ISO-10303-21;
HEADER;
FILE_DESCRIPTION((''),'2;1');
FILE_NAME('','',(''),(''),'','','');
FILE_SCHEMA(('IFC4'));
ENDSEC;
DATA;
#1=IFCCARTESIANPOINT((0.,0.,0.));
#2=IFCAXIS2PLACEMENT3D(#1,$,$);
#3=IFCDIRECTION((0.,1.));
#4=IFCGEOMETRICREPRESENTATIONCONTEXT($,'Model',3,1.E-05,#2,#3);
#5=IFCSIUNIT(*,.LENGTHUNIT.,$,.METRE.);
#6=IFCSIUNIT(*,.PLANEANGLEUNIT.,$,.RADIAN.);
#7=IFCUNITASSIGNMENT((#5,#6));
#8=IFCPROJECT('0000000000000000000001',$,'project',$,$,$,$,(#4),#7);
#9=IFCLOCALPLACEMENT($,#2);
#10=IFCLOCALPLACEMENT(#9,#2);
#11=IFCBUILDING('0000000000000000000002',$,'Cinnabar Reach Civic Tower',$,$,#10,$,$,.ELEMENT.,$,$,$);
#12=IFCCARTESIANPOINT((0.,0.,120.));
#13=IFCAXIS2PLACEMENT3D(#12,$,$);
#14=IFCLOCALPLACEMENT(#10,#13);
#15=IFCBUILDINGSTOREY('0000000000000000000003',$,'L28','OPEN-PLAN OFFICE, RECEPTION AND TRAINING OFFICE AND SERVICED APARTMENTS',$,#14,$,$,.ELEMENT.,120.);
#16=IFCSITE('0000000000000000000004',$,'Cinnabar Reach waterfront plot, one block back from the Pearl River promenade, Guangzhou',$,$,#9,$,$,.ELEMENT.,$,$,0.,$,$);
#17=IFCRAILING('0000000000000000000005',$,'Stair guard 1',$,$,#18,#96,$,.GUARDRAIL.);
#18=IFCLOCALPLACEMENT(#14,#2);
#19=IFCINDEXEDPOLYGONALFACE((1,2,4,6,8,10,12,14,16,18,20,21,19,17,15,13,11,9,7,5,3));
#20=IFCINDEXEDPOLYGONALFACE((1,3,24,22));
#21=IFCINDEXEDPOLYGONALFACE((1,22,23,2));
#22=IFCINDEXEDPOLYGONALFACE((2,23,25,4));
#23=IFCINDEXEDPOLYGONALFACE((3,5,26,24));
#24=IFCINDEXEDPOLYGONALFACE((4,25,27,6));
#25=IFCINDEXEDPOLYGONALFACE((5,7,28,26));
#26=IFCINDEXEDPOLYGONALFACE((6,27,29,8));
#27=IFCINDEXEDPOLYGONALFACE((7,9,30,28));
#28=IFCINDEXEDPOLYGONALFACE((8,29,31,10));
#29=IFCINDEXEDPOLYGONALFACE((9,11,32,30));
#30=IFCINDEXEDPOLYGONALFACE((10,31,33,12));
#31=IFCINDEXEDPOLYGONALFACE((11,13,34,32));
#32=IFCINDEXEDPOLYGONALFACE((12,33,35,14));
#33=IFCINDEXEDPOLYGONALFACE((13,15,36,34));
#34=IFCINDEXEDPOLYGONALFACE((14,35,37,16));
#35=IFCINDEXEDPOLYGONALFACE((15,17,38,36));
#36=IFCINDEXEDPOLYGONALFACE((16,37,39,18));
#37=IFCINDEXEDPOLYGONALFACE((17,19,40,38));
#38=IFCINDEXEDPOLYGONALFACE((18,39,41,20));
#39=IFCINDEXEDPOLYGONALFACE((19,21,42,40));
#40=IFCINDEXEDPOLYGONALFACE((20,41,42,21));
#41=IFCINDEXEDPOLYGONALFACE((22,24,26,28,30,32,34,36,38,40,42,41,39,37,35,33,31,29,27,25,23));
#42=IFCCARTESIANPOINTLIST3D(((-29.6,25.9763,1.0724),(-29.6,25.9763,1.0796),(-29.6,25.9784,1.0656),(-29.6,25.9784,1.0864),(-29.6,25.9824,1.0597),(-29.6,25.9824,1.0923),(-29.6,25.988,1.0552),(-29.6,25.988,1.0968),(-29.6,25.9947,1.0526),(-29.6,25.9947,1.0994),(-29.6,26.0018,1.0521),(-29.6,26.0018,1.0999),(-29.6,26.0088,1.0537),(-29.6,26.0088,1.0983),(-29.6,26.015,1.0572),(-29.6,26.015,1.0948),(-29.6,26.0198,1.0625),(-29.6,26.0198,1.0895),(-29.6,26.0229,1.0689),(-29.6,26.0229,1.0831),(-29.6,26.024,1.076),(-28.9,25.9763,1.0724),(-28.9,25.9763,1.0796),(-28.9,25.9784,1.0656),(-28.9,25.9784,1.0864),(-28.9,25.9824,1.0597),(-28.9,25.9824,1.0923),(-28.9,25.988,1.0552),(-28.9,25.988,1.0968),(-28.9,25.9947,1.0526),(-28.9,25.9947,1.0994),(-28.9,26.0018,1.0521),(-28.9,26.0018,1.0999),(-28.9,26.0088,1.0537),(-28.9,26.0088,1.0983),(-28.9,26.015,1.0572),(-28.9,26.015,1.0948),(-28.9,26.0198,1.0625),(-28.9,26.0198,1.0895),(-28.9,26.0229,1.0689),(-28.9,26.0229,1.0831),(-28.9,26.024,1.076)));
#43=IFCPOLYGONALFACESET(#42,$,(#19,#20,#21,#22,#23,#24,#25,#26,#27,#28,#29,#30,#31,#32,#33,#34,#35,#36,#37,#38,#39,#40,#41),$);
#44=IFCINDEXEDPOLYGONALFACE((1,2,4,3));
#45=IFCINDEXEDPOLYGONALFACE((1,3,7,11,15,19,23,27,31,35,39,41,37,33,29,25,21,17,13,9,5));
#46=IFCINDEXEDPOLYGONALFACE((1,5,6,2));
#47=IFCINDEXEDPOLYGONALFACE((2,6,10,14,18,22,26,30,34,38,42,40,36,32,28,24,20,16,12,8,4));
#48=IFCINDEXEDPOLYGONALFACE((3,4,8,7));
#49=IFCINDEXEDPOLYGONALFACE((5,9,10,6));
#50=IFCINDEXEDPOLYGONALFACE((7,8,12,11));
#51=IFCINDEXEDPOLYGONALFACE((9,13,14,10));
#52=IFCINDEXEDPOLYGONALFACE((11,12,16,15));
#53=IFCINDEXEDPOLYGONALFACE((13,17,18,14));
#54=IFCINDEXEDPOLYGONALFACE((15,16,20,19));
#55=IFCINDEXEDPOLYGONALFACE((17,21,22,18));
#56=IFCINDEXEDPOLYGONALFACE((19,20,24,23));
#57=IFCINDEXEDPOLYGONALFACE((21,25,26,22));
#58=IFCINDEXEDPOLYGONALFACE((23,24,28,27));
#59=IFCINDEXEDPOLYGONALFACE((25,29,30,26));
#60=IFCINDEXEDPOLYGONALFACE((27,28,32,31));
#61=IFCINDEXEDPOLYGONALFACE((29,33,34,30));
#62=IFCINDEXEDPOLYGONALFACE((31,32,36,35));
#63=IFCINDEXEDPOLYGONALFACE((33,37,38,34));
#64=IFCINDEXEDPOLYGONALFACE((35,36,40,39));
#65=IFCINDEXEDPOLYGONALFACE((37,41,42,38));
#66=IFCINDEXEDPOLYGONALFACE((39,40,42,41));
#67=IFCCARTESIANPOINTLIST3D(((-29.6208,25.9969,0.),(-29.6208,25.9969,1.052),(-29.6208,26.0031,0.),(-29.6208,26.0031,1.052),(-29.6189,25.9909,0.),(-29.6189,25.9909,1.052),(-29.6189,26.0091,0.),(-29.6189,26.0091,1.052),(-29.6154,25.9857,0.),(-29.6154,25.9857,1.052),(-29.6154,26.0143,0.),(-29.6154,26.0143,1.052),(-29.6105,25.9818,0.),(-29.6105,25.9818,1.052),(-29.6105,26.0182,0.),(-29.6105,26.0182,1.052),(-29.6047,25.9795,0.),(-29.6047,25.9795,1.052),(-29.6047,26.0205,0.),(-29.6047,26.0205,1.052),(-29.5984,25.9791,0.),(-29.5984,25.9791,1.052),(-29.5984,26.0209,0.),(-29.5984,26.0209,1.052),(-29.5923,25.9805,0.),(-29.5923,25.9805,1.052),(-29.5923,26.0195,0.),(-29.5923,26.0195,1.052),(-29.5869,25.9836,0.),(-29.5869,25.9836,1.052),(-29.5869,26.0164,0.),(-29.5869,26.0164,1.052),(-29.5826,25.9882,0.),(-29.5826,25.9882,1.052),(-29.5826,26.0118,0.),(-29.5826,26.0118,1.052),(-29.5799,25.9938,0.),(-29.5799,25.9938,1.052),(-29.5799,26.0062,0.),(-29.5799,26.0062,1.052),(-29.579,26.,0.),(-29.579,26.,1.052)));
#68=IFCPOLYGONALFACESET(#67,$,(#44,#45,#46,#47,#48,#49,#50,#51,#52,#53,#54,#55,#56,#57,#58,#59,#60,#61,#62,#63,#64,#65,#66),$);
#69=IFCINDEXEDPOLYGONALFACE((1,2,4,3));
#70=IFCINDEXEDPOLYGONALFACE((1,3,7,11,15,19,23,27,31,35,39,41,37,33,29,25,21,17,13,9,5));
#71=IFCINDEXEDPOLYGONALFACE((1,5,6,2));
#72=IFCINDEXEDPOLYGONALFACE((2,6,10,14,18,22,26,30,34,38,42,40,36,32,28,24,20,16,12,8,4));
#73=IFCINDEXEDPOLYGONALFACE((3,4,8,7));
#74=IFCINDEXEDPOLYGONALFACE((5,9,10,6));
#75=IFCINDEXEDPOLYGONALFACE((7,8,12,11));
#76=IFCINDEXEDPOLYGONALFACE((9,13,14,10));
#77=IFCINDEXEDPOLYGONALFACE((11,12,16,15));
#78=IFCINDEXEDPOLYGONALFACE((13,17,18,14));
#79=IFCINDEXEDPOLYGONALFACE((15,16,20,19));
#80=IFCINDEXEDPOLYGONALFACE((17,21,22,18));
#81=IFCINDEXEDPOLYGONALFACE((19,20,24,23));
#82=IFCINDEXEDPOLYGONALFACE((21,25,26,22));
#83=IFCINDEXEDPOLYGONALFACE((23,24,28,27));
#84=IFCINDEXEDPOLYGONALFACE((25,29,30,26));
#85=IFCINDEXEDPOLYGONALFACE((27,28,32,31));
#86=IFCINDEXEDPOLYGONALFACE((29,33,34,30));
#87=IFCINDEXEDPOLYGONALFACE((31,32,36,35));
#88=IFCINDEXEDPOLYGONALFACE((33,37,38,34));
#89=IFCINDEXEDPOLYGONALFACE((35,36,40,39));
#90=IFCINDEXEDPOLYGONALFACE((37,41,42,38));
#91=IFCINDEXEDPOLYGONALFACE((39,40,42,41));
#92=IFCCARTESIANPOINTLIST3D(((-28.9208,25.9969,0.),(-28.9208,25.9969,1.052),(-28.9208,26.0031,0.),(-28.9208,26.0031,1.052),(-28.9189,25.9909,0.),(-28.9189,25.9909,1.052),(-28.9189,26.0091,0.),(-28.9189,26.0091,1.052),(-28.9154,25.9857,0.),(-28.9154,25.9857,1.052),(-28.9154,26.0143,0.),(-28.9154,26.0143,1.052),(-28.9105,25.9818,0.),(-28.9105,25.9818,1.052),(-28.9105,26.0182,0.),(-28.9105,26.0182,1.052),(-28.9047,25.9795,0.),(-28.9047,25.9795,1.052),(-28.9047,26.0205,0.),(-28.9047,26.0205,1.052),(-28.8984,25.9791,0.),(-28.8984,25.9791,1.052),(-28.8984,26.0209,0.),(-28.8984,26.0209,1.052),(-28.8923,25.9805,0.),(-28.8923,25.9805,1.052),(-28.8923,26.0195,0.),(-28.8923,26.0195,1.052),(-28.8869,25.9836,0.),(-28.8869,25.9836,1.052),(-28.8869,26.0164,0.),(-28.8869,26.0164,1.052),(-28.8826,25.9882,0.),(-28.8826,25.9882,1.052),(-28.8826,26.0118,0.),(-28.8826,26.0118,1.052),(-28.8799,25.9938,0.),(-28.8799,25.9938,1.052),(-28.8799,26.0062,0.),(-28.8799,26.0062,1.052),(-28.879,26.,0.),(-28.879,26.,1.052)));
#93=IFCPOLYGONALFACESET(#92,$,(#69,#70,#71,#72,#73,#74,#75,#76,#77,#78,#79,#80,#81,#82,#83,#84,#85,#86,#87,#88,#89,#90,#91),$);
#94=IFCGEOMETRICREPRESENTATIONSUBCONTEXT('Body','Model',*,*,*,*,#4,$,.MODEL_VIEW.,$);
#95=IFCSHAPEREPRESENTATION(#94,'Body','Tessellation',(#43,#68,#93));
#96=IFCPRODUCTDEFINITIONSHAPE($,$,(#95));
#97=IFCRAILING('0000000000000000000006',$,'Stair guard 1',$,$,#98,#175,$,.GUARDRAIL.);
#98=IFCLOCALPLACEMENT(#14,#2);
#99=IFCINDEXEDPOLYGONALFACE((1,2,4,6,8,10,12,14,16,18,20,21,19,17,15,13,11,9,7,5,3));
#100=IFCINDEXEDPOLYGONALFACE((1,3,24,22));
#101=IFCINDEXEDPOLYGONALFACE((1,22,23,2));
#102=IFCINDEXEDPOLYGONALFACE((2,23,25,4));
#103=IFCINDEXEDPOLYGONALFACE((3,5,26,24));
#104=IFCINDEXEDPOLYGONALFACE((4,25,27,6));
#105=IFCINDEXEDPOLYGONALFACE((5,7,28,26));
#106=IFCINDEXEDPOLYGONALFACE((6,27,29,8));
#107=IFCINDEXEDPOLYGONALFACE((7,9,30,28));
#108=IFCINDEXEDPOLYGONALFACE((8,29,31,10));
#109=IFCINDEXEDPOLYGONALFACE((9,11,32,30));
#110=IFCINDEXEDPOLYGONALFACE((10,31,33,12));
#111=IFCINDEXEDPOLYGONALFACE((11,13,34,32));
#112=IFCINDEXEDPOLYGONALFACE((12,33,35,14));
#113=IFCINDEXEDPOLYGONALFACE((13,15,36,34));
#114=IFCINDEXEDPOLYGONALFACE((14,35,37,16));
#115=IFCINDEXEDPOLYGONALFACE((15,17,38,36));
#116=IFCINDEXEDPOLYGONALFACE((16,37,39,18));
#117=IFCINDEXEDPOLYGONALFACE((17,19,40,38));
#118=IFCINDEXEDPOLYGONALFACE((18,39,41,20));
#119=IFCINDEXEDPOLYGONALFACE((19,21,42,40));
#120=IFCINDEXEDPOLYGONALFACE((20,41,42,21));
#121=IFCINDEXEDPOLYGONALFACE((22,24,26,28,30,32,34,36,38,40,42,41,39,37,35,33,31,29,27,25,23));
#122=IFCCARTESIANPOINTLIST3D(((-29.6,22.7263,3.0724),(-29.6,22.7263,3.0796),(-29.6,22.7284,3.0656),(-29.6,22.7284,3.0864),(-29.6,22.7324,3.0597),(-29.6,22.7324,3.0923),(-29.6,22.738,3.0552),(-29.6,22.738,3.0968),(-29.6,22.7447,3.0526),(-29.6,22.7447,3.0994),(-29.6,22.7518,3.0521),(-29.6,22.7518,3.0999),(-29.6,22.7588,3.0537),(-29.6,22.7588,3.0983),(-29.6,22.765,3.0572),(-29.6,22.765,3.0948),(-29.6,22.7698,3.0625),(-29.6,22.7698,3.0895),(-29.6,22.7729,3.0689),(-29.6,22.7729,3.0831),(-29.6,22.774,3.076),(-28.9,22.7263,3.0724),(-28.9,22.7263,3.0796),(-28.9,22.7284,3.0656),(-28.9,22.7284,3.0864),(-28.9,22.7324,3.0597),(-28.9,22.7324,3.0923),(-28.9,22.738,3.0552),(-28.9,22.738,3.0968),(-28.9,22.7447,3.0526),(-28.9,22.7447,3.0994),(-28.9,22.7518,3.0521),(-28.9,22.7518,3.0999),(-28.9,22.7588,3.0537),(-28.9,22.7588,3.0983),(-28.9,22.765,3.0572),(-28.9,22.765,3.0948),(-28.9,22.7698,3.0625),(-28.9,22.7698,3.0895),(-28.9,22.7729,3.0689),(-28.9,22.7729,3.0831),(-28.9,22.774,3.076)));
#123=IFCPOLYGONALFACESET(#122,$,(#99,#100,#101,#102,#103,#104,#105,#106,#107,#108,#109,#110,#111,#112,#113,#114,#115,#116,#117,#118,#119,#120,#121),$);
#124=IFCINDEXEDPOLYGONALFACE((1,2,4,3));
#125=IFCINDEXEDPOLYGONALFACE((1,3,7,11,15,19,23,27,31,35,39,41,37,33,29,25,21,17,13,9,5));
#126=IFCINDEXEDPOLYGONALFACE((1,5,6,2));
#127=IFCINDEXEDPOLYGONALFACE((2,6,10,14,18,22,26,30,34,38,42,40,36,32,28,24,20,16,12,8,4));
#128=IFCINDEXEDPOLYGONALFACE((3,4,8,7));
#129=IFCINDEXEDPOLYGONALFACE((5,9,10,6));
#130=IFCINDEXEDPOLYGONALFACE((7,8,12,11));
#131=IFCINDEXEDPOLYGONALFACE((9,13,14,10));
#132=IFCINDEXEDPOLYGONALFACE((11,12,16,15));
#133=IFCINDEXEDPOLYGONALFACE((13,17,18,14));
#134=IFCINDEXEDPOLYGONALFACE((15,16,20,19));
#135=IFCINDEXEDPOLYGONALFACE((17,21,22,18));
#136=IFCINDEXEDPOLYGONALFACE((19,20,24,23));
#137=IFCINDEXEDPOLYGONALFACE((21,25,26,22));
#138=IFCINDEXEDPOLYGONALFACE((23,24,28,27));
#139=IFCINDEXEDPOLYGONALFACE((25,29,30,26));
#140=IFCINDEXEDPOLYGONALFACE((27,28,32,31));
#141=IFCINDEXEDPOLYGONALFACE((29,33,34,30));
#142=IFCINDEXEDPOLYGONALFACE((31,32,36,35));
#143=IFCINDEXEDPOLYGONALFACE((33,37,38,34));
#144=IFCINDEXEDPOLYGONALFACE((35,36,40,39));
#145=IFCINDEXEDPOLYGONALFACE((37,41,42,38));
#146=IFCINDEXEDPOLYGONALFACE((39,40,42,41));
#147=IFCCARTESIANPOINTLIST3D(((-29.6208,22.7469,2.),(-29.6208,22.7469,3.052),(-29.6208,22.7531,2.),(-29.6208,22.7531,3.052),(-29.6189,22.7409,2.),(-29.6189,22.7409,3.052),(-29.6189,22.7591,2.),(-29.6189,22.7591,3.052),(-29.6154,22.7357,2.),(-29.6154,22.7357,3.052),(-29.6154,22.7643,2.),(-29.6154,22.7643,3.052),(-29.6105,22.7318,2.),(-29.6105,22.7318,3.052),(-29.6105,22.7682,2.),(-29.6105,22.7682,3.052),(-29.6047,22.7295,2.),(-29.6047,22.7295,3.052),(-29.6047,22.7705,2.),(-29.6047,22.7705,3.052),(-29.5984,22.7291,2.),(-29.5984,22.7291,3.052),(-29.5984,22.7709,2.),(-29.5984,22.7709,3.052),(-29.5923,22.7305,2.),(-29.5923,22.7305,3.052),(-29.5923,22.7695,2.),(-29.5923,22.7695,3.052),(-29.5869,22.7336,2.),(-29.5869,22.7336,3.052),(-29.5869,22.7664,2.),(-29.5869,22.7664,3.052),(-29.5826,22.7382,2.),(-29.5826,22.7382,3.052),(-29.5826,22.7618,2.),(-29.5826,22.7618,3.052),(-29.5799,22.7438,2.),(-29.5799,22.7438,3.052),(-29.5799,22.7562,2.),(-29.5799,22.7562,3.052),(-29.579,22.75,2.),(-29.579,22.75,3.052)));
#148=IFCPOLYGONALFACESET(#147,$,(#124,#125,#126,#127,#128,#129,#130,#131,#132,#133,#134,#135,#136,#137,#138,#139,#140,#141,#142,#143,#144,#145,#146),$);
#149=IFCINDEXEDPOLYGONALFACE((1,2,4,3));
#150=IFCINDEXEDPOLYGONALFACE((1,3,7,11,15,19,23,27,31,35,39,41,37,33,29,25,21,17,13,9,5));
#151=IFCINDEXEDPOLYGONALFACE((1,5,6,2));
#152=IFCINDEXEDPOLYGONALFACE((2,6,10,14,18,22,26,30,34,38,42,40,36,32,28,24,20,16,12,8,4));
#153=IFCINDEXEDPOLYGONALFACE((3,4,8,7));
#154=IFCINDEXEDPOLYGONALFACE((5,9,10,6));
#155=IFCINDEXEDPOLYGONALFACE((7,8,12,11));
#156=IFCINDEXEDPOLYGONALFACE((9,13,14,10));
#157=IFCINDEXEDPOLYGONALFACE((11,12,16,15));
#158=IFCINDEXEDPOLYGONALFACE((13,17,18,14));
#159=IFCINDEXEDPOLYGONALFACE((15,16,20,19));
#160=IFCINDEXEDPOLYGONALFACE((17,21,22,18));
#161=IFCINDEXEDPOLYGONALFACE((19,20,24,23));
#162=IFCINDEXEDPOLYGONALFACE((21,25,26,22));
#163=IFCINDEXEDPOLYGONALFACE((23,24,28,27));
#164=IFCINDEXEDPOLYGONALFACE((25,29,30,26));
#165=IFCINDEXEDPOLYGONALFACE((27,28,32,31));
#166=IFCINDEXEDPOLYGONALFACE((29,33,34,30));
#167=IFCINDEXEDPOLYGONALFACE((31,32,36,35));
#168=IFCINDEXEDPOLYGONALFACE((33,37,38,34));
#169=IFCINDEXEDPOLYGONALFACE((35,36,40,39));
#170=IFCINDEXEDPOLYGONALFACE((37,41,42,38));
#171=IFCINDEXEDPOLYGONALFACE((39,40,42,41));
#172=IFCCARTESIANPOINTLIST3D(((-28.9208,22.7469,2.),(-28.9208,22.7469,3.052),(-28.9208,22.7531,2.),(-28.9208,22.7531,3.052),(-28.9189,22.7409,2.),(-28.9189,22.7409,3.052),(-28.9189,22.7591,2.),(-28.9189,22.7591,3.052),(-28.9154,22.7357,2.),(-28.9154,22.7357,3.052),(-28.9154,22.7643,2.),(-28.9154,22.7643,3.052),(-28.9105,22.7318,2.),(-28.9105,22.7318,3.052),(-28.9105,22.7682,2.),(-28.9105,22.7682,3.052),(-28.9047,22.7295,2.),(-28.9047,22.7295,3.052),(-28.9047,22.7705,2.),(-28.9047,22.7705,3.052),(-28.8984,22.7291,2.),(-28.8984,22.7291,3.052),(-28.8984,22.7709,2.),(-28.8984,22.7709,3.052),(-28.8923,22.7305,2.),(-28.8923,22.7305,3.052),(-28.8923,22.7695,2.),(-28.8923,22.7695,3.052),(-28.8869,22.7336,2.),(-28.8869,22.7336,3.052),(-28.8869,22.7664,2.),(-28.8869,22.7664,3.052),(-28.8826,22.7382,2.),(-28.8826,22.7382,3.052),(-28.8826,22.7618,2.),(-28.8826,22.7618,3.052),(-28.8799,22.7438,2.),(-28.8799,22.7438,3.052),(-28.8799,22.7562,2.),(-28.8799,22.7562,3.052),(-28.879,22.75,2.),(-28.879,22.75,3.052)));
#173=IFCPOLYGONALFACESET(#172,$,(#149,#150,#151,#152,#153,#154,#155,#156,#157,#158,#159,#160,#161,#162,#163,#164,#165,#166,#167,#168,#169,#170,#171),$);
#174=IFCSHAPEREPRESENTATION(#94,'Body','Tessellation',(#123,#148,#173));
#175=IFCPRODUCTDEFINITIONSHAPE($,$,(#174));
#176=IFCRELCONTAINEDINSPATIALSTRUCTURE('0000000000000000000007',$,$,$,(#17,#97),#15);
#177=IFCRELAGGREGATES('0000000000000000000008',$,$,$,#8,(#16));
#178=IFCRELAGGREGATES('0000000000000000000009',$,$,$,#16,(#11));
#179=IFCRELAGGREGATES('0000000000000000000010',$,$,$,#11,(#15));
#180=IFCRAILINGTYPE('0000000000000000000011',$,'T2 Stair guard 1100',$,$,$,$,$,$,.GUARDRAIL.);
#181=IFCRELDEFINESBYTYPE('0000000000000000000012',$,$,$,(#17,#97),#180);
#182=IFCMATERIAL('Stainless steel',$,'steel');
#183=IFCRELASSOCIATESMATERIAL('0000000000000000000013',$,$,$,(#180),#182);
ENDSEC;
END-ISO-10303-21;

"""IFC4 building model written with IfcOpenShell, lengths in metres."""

from ifc_helpers import new_model, si_unit, direction, frame, origin, origin_2d, place, context, subcontext, project, spatial, circle, extrude, material, type_object, element, save


model = new_model("IFC4")

# Units and contexts
model_context = context("Model", 3, precision=1e-05, world=origin(), true_north=direction((0.0, 1.0)))
body_context = subcontext(model_context, "Body", "Model", "MODEL_VIEW")
ifc_project = project(units=[si_unit("LENGTHUNIT", "METRE"), si_unit("PLANEANGLEUNIT", "RADIAN")], contexts=[model_context])

# Site, building, storey
site_placement = place(None, origin())
site = spatial("IfcSite", under=ifc_project, at=site_placement, Name="Cinnabar Reach waterfront plot, one block back from the Pearl River promenade, Guangzhou", CompositionType="ELEMENT", RefElevation=0.0)
building_placement = place(site_placement, origin())
building = spatial("IfcBuilding", under=site, at=building_placement, Name="Cinnabar Reach Civic Tower", CompositionType="ELEMENT")
storey_placement = place(building_placement, frame((0.0, 0.0, 120.0)))
storey = spatial("IfcBuildingStorey", under=building, at=storey_placement, Name="L28", Description="OPEN-PLAN OFFICE, RECEPTION AND TRAINING OFFICE AND SERVICED APARTMENTS", CompositionType="ELEMENT", Elevation=120.0)

# Railings
ifc_material_1 = material(Name="Stainless steel", Category="steel")
railing_type = type_object("IfcRailingType", Name="T2 Stair guard 1100", PredefinedType="GUARDRAIL", material=ifc_material_1)
for number, where, name in (
    (1, (-29.6, 26.0, 0.0), "Stair guard 1"),
    (2, (-29.6, 22.75, 2.0), "Stair guard 1"),
):
    element("IfcRailing", number, at=place(storey_placement, frame(where)), inside=storey, type_object=railing_type, Name=name, PredefinedType="GUARDRAIL", context=body_context, shape_type="SweptSolid", body=[
        extrude(circle(Radius=0.024, at=origin_2d()), frame((0.0, 0.0, 1.076), z_axis=(1.0, 0.0, 0.0), x_axis=(0.0, 1.0, 0.0)), (0.0, 0.0, 1.0), 0.7),
        extrude(circle(Radius=0.021, at=origin_2d()), origin(), (0.0, 0.0, 1.0), 1.052),
        extrude(circle(Radius=0.021, at=origin_2d()), frame((0.7, 0.0, 0.0)), (0.0, 0.0, 1.0), 1.052),
    ])

save(model, "model.ifc")
